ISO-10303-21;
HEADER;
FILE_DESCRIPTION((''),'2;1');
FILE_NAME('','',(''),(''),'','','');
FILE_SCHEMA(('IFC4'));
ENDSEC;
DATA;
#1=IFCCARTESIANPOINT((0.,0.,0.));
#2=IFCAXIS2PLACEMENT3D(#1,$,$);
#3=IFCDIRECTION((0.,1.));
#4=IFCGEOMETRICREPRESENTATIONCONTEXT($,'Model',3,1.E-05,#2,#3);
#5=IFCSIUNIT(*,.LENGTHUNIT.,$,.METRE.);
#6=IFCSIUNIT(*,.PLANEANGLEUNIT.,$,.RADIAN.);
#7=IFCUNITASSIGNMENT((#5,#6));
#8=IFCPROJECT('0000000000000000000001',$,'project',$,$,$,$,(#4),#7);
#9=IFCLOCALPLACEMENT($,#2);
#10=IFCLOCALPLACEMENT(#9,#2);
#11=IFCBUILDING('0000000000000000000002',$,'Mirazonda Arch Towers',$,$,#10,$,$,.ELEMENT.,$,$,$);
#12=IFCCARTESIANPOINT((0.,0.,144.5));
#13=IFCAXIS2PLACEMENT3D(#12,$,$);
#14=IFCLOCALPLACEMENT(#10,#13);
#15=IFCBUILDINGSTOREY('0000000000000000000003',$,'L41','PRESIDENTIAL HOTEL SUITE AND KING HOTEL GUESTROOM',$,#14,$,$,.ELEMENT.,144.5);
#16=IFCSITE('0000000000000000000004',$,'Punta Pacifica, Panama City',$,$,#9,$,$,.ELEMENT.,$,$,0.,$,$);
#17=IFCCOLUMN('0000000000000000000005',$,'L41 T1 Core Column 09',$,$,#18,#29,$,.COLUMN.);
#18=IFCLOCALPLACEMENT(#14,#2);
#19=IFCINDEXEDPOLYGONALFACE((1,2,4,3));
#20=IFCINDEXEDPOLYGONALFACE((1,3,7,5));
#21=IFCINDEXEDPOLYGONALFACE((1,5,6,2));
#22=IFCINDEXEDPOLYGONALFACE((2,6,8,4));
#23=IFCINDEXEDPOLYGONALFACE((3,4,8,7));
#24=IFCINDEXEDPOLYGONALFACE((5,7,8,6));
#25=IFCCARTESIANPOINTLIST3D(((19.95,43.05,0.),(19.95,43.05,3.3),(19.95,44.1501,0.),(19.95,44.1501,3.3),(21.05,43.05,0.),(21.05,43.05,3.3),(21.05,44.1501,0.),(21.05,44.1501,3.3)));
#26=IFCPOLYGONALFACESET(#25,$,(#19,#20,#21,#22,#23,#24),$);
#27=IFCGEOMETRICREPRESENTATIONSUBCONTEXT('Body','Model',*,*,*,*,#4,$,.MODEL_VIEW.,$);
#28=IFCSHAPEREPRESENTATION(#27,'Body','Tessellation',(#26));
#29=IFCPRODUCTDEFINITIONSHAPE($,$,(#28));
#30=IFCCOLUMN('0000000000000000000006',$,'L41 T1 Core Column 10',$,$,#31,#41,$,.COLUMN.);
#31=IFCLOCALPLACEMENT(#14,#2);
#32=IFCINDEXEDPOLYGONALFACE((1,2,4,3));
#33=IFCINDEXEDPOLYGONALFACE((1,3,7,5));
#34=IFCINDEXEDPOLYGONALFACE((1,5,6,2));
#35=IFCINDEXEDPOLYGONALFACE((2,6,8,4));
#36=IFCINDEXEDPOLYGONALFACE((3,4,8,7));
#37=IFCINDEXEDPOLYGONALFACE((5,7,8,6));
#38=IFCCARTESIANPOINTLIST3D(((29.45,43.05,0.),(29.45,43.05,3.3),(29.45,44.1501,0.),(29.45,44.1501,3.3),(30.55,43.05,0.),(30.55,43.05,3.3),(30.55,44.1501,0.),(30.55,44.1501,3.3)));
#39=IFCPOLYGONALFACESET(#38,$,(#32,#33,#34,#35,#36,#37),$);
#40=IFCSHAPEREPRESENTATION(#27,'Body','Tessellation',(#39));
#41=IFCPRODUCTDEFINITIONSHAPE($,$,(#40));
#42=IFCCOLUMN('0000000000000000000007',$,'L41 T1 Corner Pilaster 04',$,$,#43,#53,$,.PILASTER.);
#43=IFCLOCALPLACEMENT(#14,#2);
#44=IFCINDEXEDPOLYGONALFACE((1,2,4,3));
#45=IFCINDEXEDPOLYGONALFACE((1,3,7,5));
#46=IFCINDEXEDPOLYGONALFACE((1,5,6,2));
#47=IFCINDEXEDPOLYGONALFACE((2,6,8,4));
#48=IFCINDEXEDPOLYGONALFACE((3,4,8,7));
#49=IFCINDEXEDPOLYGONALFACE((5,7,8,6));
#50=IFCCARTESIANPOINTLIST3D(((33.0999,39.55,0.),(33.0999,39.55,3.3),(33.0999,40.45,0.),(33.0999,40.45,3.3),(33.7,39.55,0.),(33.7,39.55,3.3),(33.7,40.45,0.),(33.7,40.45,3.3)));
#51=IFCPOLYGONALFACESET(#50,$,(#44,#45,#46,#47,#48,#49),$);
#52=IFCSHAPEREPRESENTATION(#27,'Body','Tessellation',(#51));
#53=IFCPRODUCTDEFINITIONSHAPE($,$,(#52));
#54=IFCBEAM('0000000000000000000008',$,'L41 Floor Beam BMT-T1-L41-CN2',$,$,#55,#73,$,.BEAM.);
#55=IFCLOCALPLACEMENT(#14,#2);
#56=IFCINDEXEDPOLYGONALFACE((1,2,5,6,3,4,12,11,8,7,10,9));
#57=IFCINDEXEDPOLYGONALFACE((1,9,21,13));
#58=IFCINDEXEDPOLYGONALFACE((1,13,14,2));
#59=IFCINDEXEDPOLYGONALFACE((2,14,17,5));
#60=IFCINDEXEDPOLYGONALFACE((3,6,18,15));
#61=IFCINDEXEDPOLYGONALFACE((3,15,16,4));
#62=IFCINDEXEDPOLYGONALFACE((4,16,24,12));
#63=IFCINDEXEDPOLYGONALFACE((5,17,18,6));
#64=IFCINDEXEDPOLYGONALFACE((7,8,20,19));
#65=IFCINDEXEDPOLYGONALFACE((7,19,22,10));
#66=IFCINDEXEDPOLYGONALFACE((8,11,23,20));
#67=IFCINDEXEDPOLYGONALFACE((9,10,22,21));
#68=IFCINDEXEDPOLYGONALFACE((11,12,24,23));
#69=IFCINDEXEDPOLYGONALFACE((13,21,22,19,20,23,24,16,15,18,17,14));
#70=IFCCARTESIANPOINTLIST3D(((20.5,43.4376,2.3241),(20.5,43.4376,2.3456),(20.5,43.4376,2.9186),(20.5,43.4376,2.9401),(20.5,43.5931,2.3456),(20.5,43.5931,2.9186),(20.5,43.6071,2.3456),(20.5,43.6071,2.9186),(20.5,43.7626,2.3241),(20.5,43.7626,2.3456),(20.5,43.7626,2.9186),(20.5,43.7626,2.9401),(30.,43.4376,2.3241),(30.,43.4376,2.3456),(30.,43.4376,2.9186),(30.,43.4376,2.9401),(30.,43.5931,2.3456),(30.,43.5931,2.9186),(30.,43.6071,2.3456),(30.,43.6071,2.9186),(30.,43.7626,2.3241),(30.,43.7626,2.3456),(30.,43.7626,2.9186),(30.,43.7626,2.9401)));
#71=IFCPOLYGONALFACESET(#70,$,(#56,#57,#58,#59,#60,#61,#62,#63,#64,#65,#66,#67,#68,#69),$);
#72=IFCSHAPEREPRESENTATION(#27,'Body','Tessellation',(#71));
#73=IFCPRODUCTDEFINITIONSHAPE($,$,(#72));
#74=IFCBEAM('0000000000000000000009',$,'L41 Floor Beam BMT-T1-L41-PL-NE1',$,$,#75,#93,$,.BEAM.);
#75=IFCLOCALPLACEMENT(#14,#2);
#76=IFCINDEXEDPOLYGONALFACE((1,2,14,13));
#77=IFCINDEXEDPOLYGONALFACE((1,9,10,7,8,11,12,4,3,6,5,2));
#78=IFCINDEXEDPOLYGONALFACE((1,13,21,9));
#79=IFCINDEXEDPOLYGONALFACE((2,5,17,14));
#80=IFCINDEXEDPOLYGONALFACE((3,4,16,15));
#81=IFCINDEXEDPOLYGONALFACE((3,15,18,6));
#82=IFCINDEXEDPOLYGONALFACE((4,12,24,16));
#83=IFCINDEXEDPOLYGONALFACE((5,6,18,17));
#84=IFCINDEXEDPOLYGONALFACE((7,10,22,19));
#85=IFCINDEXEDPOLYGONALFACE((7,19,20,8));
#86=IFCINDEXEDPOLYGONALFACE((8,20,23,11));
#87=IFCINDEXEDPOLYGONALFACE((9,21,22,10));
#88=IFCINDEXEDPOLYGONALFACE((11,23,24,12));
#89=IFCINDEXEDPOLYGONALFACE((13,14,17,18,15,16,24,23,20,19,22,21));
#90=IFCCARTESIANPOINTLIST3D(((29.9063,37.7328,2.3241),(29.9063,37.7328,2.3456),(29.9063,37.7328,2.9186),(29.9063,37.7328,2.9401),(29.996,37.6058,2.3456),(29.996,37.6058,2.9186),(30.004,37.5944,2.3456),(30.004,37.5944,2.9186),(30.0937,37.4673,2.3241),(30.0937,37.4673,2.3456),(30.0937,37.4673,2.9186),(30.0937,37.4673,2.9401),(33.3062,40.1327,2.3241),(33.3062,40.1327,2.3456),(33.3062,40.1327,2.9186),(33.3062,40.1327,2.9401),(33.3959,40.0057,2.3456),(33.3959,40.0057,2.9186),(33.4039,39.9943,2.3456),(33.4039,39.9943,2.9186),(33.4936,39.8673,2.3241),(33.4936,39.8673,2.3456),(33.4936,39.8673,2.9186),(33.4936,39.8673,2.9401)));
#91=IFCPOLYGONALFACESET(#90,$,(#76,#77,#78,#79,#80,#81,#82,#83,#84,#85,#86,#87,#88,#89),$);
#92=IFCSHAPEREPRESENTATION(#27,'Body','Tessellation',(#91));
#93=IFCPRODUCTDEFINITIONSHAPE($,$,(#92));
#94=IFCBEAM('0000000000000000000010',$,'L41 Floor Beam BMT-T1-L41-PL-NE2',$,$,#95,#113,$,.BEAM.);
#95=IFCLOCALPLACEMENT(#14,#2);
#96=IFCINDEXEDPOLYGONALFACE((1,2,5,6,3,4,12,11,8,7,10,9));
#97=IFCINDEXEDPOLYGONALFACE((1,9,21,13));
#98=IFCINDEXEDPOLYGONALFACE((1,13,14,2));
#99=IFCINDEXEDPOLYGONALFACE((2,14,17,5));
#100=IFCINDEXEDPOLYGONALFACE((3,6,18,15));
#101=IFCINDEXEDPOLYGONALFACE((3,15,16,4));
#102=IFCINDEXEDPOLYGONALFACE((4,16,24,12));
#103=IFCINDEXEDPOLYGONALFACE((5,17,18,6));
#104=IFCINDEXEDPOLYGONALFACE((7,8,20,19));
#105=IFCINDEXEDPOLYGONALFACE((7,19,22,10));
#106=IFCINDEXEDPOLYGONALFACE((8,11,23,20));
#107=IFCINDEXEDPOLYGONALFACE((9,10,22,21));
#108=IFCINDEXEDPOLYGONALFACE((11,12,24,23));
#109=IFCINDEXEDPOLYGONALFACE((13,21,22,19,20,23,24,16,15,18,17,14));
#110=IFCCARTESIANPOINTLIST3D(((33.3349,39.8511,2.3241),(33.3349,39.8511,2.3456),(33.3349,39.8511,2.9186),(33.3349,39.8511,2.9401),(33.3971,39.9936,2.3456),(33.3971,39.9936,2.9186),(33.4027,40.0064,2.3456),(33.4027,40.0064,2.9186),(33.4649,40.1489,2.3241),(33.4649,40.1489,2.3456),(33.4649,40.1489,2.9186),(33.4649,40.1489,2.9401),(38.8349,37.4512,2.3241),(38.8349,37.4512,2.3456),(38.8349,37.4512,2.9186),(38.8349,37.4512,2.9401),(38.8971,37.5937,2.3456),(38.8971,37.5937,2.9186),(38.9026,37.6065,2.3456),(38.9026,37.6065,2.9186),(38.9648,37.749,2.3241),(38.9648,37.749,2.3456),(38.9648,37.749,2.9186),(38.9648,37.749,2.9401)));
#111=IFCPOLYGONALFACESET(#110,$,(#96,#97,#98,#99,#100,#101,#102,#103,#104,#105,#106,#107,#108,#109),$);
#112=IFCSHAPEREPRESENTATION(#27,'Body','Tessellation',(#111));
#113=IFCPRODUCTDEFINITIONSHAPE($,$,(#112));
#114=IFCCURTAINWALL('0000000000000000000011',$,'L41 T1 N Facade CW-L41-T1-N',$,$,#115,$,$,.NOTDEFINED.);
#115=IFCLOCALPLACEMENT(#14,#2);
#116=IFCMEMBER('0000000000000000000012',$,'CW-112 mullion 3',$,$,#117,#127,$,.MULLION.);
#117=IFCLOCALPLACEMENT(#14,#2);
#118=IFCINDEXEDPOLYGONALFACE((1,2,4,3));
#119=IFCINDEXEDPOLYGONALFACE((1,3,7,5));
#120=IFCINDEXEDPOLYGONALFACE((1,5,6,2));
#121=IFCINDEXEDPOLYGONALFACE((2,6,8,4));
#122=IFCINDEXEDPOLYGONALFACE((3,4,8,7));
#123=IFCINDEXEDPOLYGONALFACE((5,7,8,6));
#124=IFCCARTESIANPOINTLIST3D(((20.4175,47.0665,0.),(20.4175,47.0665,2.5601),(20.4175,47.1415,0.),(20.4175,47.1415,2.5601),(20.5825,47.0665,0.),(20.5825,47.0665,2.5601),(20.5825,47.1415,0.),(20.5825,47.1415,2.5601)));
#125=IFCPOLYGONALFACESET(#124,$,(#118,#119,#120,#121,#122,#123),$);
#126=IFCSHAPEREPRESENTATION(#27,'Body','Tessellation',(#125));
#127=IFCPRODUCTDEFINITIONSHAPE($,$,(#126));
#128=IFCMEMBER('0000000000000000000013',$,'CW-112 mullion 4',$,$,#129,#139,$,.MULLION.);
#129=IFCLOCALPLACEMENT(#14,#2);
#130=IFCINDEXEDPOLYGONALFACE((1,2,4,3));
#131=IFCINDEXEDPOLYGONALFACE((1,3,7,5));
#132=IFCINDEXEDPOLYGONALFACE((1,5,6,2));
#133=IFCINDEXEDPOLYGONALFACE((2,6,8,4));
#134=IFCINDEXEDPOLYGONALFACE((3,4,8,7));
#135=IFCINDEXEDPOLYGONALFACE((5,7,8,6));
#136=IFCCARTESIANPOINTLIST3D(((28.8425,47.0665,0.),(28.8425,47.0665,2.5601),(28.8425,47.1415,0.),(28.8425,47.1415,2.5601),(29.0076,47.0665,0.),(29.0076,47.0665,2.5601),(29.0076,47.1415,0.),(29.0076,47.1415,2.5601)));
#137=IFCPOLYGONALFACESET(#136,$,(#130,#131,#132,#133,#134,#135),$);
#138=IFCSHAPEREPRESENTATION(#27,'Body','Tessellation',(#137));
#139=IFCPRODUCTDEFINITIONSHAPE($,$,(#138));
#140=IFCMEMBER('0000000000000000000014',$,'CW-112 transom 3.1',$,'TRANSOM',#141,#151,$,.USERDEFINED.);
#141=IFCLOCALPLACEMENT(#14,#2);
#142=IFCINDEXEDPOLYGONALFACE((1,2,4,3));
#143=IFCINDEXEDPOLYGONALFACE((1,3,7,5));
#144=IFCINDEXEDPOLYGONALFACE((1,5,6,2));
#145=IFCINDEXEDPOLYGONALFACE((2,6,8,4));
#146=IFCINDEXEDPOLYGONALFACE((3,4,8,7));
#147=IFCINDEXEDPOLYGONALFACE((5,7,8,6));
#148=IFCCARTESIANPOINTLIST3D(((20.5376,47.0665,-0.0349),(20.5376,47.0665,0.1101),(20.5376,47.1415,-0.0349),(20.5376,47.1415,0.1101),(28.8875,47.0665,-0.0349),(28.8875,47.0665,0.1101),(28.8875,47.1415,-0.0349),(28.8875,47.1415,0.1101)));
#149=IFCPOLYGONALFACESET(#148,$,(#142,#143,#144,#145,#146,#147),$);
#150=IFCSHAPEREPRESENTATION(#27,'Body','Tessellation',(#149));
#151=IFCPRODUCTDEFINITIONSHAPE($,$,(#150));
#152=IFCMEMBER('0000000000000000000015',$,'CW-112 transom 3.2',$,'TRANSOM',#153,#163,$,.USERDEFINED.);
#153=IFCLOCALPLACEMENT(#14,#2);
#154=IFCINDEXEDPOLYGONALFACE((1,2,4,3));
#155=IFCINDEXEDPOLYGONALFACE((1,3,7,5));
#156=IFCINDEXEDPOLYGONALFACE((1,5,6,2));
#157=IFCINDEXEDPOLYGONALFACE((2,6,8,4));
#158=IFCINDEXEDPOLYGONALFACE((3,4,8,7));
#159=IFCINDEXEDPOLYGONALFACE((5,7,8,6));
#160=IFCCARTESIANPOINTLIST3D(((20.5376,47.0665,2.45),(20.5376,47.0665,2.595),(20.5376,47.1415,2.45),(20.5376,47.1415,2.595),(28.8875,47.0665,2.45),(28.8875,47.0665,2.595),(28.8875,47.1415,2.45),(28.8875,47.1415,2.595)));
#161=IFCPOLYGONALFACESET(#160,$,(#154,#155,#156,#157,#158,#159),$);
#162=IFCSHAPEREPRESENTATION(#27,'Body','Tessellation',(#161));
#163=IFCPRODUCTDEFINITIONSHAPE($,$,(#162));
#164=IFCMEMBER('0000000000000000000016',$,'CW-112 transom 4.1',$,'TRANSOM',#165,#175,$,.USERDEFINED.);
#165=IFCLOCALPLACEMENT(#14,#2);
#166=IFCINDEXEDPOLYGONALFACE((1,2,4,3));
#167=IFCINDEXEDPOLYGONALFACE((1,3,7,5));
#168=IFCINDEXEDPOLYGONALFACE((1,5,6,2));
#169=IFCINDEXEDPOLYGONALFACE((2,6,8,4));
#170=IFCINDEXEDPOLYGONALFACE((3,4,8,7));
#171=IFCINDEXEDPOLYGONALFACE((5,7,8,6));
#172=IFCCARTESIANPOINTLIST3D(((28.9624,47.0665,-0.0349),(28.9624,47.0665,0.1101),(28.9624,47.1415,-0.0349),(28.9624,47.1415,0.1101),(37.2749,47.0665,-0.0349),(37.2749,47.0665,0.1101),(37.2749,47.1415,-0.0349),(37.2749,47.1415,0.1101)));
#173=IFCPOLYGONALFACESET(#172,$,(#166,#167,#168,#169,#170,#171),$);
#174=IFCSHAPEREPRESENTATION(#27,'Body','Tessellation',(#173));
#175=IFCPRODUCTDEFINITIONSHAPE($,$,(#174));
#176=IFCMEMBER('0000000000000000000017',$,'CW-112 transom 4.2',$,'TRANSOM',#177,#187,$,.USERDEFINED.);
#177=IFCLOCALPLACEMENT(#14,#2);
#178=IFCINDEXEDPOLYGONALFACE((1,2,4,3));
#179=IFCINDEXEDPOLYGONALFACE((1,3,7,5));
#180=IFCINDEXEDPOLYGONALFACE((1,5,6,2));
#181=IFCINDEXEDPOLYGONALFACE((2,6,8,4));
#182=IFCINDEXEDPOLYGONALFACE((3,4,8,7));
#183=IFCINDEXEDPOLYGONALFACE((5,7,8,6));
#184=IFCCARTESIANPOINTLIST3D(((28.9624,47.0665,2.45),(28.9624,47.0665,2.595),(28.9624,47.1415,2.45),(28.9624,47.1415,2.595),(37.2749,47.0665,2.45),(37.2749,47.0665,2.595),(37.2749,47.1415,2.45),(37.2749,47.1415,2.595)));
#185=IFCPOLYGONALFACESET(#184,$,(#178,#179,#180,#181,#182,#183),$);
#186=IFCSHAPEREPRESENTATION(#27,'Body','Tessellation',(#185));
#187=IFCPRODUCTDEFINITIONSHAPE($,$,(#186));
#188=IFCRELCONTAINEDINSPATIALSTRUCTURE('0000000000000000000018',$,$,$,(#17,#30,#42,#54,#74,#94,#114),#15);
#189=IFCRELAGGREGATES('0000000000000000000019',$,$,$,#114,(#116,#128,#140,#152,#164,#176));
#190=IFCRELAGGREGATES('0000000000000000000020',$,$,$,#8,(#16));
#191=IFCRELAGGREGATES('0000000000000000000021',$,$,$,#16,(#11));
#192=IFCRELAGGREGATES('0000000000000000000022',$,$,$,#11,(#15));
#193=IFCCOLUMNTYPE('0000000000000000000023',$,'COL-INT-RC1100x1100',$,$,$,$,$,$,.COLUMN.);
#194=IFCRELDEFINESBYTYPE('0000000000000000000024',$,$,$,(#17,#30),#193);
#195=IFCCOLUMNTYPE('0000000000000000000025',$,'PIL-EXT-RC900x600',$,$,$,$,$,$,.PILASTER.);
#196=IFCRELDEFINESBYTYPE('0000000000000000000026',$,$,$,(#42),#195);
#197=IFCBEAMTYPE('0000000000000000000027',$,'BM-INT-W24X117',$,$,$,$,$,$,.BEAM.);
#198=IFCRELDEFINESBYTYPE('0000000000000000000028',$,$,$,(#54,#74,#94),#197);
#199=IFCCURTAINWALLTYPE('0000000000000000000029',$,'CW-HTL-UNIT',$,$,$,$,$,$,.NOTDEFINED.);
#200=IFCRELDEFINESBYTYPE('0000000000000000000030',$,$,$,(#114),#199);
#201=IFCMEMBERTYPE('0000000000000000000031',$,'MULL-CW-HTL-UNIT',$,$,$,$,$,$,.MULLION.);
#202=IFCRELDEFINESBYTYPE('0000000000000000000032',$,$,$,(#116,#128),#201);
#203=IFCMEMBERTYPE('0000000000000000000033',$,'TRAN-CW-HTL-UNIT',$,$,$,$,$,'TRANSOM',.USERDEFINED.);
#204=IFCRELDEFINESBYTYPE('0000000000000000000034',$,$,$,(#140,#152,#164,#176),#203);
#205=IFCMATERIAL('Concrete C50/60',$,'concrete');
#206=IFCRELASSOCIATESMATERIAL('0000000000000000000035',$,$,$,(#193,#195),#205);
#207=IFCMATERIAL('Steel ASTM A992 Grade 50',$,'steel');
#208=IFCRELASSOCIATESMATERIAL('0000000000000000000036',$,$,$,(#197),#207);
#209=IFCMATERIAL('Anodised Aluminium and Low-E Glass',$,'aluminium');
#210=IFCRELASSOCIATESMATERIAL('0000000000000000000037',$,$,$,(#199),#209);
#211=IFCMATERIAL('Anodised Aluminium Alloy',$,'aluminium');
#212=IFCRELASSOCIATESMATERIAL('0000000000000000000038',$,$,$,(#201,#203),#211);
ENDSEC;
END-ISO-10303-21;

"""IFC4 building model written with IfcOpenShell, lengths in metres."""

from ifc_helpers import new_model, si_unit, direction, frame, origin, origin_2d, place, context, subcontext, project, spatial, rectangle, i_section, extrude, material, material_profile, profile_set, type_object, element, aggregate, save


model = new_model("IFC4")

# Units and contexts
model_context = context("Model", 3, precision=1e-05, world=origin(), true_north=direction((0.0, 1.0)))
body_context = subcontext(model_context, "Body", "Model", "MODEL_VIEW")
ifc_project = project(units=[si_unit("LENGTHUNIT", "METRE"), si_unit("PLANEANGLEUNIT", "RADIAN")], contexts=[model_context])

# Site, building, storey
site_placement = place(None, origin())
site = spatial("IfcSite", under=ifc_project, at=site_placement, Name="Punta Pacifica, Panama City", CompositionType="ELEMENT", RefElevation=0.0)
building_placement = place(site_placement, origin())
building = spatial("IfcBuilding", under=site, at=building_placement, Name="Mirazonda Arch Towers", CompositionType="ELEMENT")
storey_placement = place(building_placement, frame((0.0, 0.0, 144.5)))
storey = spatial("IfcBuildingStorey", under=building, at=storey_placement, Name="L41", Description="PRESIDENTIAL HOTEL SUITE AND KING HOTEL GUESTROOM", CompositionType="ELEMENT", Elevation=144.5)

# Columns
ifc_material_1 = material(Name="Concrete C50/60", Category="concrete")
ifc_material_profile_1 = material_profile(ifc_material_1, rectangle(XDim=1.1001, YDim=1.1001, at=origin_2d()), Name="RC1100x1100")
ifc_profile_set_1 = profile_set([ifc_material_profile_1], Name="Concrete C50/60")
column_type_1 = type_object("IfcColumnType", Name="COL-INT-RC1100x1100", PredefinedType="COLUMN", material=ifc_profile_set_1)
for number, where, z_axis, x_axis, name in (
    (1, (20.5, 43.6001, 0.0), (0.0, 0.0, 1.0), (1.0, 0.0, 0.0), "L41 T1 Core Column 09"),
    (2, (30.0, 43.6001, 0.0), (0.0, 0.0, 1.0), (1.0, 0.0, 0.0), "L41 T1 Core Column 10"),
):
    element("IfcColumn", number, at=place(storey_placement, frame(where, z_axis=z_axis, x_axis=x_axis)), inside=storey, type_object=column_type_1, Name=name, PredefinedType="COLUMN", context=body_context, shape_type="SweptSolid", body=[
        extrude(rectangle(XDim=1.1001, YDim=1.1001, at=origin_2d()), origin(), (0.0, 0.0, 1.0), 3.3),
    ])
ifc_material_profile_2 = material_profile(ifc_material_1, rectangle(XDim=0.6001, YDim=0.8999, at=origin_2d()), Name="RC900x600")
ifc_profile_set_2 = profile_set([ifc_material_profile_2], Name="Concrete C50/60")
column_type_2 = type_object("IfcColumnType", Name="PIL-EXT-RC900x600", PredefinedType="PILASTER", material=ifc_profile_set_2)
column_placement = place(storey_placement, frame((33.3999, 40.0, 0.0), z_axis=(0.0, 0.0, 1.0), x_axis=(1.0, 0.0, 0.0)))
element("IfcColumn", 3, at=column_placement, inside=storey, type_object=column_type_2, Name="L41 T1 Corner Pilaster 04", PredefinedType="PILASTER", context=body_context, shape_type="SweptSolid", body=[
    extrude(rectangle(XDim=0.6001, YDim=0.8999, at=origin_2d()), origin(), (0.0, 0.0, 1.0), 3.3),
])

# Beams
ifc_material_2 = material(Name="Steel ASTM A992 Grade 50", Category="steel")
ifc_material_profile_3 = material_profile(ifc_material_2, i_section(OverallWidth=0.325, OverallDepth=0.616, WebThickness=0.0139, FlangeThickness=0.0215, at=origin_2d()), Name="W24X117")
ifc_profile_set_3 = profile_set([ifc_material_profile_3], Name="Steel ASTM A992 Grade 50")
beam_type = type_object("IfcBeamType", Name="BM-INT-W24X117", PredefinedType="BEAM", material=ifc_profile_set_3)
beam_1_placement = place(storey_placement, frame((20.5, 43.6001, 2.6321), z_axis=(1.0, 0.0, 0.0), x_axis=(0.0, 1.0, 0.0)))
element("IfcBeam", 4, at=beam_1_placement, inside=storey, type_object=beam_type, Name="L41 Floor Beam BMT-T1-L41-CN2", PredefinedType="BEAM", context=body_context, shape_type="SweptSolid", body=[
    extrude(i_section(OverallWidth=0.325, OverallDepth=0.616, WebThickness=0.0139, FlangeThickness=0.0215, at=origin_2d()), origin(), (0.0, 0.0, 1.0), 9.5),
])
beam_2_placement = place(storey_placement, frame((33.3999, 40.0, 2.6321), z_axis=(-0.816971, -0.576679, 0.0), x_axis=(0.576679, -0.816971, 0.0)))
element("IfcBeam", 5, at=beam_2_placement, inside=storey, type_object=beam_type, Name="L41 Floor Beam BMT-T1-L41-PL-NE1", PredefinedType="BEAM", context=body_context, shape_type="SweptSolid", body=[
    extrude(i_section(OverallWidth=0.325, OverallDepth=0.616, WebThickness=0.0139, FlangeThickness=0.0215, at=origin_2d()), origin(), (0.0, 0.0, 1.0), 4.1616),
])
beam_3_placement = place(storey_placement, frame((33.3999, 40.0, 2.6321), z_axis=(0.916545, -0.399931, 0.0), x_axis=(0.399931, 0.916545, 0.0)))
element("IfcBeam", 6, at=beam_3_placement, inside=storey, type_object=beam_type, Name="L41 Floor Beam BMT-T1-L41-PL-NE2", PredefinedType="BEAM", context=body_context, shape_type="SweptSolid", body=[
    extrude(i_section(OverallWidth=0.325, OverallDepth=0.616, WebThickness=0.0139, FlangeThickness=0.0215, at=origin_2d()), origin(), (0.0, 0.0, 1.0), 6.0007),
])

# Curtain wall, members
ifc_material_3 = material(Name="Anodised Aluminium and Low-E Glass", Category="aluminium")
curtain_wall_type = type_object("IfcCurtainWallType", Name="CW-HTL-UNIT", PredefinedType="NOTDEFINED", material=ifc_material_3)
curtain_wall_placement = place(storey_placement, origin())
curtain_wall = element("IfcCurtainWall", 7, at=curtain_wall_placement, inside=storey, type_object=curtain_wall_type, Name="L41 T1 N Facade CW-L41-T1-N", PredefinedType="NOTDEFINED")
ifc_material_4 = material(Name="Anodised Aluminium Alloy", Category="aluminium")
ifc_material_profile_4 = material_profile(ifc_material_4, rectangle(XDim=0.075, YDim=0.165, at=origin_2d()), Name="ALU-MULL-75x165")
ifc_profile_set_4 = profile_set([ifc_material_profile_4], Name="Anodised Aluminium Alloy")
member_type_1 = type_object("IfcMemberType", Name="MULL-CW-HTL-UNIT", PredefinedType="MULLION", material=ifc_profile_set_4)
member_1_placement = place(storey_placement, frame((20.5, 47.104, 0.0), z_axis=(0.0, 0.0, 1.0), x_axis=(0.0, 1.0, 0.0)))
member_1 = element("IfcMember", 8, at=member_1_placement, type_object=member_type_1, Name="CW-112 mullion 3", PredefinedType="MULLION", context=body_context, shape_type="SweptSolid", body=[
    extrude(rectangle(XDim=0.075, YDim=0.165, at=origin_2d()), origin(), (0.0, 0.0, 1.0), 2.5601),
])
member_2_placement = place(storey_placement, frame((28.925, 47.104, 0.0), z_axis=(0.0, 0.0, 1.0), x_axis=(0.0, 1.0, 0.0)))
member_2 = element("IfcMember", 9, at=member_2_placement, type_object=member_type_1, Name="CW-112 mullion 4", PredefinedType="MULLION", context=body_context, shape_type="SweptSolid", body=[
    extrude(rectangle(XDim=0.075, YDim=0.165, at=origin_2d()), origin(), (0.0, 0.0, 1.0), 2.5601),
])
ifc_material_profile_5 = material_profile(ifc_material_4, rectangle(XDim=0.075, YDim=0.145, at=origin_2d()), Name="ALU-TRAN-75x145")
ifc_profile_set_5 = profile_set([ifc_material_profile_5], Name="Anodised Aluminium Alloy")
member_type_2 = type_object("IfcMemberType", Name="TRAN-CW-HTL-UNIT", ElementType="TRANSOM", PredefinedType="USERDEFINED", material=ifc_profile_set_5)
member_3_placement = place(storey_placement, frame((20.5376, 47.104, 0.0376), z_axis=(1.0, 0.0, 0.0), x_axis=(0.0, 1.0, 0.0)))
member_3 = element("IfcMember", 10, at=member_3_placement, type_object=member_type_2, Name="CW-112 transom 3.1", ObjectType="TRANSOM", PredefinedType="USERDEFINED", context=body_context, shape_type="SweptSolid", body=[
    extrude(rectangle(XDim=0.075, YDim=0.145, at=origin_2d()), origin(), (0.0, 0.0, 1.0), 8.3499),
])
member_4_placement = place(storey_placement, frame((20.5376, 47.104, 2.5225), z_axis=(1.0, 0.0, 0.0), x_axis=(0.0, 1.0, 0.0)))
member_4 = element("IfcMember", 11, at=member_4_placement, type_object=member_type_2, Name="CW-112 transom 3.2", ObjectType="TRANSOM", PredefinedType="USERDEFINED", context=body_context, shape_type="SweptSolid", body=[
    extrude(rectangle(XDim=0.075, YDim=0.145, at=origin_2d()), origin(), (0.0, 0.0, 1.0), 8.3499),
])
member_5_placement = place(storey_placement, frame((28.9624, 47.104, 0.0376), z_axis=(1.0, 0.0, 0.0), x_axis=(0.0, 1.0, 0.0)))
member_5 = element("IfcMember", 12, at=member_5_placement, type_object=member_type_2, Name="CW-112 transom 4.1", ObjectType="TRANSOM", PredefinedType="USERDEFINED", context=body_context, shape_type="SweptSolid", body=[
    extrude(rectangle(XDim=0.075, YDim=0.145, at=origin_2d()), origin(), (0.0, 0.0, 1.0), 8.3125),
])
member_6_placement = place(storey_placement, frame((28.9624, 47.104, 2.5225), z_axis=(1.0, 0.0, 0.0), x_axis=(0.0, 1.0, 0.0)))
member_6 = element("IfcMember", 13, at=member_6_placement, type_object=member_type_2, Name="CW-112 transom 4.2", ObjectType="TRANSOM", PredefinedType="USERDEFINED", context=body_context, shape_type="SweptSolid", body=[
    extrude(rectangle(XDim=0.075, YDim=0.145, at=origin_2d()), origin(), (0.0, 0.0, 1.0), 8.3125),
])
aggregate(curtain_wall, [member_1, member_2, member_3, member_4, member_5, member_6])

save(model, "model.ifc")
